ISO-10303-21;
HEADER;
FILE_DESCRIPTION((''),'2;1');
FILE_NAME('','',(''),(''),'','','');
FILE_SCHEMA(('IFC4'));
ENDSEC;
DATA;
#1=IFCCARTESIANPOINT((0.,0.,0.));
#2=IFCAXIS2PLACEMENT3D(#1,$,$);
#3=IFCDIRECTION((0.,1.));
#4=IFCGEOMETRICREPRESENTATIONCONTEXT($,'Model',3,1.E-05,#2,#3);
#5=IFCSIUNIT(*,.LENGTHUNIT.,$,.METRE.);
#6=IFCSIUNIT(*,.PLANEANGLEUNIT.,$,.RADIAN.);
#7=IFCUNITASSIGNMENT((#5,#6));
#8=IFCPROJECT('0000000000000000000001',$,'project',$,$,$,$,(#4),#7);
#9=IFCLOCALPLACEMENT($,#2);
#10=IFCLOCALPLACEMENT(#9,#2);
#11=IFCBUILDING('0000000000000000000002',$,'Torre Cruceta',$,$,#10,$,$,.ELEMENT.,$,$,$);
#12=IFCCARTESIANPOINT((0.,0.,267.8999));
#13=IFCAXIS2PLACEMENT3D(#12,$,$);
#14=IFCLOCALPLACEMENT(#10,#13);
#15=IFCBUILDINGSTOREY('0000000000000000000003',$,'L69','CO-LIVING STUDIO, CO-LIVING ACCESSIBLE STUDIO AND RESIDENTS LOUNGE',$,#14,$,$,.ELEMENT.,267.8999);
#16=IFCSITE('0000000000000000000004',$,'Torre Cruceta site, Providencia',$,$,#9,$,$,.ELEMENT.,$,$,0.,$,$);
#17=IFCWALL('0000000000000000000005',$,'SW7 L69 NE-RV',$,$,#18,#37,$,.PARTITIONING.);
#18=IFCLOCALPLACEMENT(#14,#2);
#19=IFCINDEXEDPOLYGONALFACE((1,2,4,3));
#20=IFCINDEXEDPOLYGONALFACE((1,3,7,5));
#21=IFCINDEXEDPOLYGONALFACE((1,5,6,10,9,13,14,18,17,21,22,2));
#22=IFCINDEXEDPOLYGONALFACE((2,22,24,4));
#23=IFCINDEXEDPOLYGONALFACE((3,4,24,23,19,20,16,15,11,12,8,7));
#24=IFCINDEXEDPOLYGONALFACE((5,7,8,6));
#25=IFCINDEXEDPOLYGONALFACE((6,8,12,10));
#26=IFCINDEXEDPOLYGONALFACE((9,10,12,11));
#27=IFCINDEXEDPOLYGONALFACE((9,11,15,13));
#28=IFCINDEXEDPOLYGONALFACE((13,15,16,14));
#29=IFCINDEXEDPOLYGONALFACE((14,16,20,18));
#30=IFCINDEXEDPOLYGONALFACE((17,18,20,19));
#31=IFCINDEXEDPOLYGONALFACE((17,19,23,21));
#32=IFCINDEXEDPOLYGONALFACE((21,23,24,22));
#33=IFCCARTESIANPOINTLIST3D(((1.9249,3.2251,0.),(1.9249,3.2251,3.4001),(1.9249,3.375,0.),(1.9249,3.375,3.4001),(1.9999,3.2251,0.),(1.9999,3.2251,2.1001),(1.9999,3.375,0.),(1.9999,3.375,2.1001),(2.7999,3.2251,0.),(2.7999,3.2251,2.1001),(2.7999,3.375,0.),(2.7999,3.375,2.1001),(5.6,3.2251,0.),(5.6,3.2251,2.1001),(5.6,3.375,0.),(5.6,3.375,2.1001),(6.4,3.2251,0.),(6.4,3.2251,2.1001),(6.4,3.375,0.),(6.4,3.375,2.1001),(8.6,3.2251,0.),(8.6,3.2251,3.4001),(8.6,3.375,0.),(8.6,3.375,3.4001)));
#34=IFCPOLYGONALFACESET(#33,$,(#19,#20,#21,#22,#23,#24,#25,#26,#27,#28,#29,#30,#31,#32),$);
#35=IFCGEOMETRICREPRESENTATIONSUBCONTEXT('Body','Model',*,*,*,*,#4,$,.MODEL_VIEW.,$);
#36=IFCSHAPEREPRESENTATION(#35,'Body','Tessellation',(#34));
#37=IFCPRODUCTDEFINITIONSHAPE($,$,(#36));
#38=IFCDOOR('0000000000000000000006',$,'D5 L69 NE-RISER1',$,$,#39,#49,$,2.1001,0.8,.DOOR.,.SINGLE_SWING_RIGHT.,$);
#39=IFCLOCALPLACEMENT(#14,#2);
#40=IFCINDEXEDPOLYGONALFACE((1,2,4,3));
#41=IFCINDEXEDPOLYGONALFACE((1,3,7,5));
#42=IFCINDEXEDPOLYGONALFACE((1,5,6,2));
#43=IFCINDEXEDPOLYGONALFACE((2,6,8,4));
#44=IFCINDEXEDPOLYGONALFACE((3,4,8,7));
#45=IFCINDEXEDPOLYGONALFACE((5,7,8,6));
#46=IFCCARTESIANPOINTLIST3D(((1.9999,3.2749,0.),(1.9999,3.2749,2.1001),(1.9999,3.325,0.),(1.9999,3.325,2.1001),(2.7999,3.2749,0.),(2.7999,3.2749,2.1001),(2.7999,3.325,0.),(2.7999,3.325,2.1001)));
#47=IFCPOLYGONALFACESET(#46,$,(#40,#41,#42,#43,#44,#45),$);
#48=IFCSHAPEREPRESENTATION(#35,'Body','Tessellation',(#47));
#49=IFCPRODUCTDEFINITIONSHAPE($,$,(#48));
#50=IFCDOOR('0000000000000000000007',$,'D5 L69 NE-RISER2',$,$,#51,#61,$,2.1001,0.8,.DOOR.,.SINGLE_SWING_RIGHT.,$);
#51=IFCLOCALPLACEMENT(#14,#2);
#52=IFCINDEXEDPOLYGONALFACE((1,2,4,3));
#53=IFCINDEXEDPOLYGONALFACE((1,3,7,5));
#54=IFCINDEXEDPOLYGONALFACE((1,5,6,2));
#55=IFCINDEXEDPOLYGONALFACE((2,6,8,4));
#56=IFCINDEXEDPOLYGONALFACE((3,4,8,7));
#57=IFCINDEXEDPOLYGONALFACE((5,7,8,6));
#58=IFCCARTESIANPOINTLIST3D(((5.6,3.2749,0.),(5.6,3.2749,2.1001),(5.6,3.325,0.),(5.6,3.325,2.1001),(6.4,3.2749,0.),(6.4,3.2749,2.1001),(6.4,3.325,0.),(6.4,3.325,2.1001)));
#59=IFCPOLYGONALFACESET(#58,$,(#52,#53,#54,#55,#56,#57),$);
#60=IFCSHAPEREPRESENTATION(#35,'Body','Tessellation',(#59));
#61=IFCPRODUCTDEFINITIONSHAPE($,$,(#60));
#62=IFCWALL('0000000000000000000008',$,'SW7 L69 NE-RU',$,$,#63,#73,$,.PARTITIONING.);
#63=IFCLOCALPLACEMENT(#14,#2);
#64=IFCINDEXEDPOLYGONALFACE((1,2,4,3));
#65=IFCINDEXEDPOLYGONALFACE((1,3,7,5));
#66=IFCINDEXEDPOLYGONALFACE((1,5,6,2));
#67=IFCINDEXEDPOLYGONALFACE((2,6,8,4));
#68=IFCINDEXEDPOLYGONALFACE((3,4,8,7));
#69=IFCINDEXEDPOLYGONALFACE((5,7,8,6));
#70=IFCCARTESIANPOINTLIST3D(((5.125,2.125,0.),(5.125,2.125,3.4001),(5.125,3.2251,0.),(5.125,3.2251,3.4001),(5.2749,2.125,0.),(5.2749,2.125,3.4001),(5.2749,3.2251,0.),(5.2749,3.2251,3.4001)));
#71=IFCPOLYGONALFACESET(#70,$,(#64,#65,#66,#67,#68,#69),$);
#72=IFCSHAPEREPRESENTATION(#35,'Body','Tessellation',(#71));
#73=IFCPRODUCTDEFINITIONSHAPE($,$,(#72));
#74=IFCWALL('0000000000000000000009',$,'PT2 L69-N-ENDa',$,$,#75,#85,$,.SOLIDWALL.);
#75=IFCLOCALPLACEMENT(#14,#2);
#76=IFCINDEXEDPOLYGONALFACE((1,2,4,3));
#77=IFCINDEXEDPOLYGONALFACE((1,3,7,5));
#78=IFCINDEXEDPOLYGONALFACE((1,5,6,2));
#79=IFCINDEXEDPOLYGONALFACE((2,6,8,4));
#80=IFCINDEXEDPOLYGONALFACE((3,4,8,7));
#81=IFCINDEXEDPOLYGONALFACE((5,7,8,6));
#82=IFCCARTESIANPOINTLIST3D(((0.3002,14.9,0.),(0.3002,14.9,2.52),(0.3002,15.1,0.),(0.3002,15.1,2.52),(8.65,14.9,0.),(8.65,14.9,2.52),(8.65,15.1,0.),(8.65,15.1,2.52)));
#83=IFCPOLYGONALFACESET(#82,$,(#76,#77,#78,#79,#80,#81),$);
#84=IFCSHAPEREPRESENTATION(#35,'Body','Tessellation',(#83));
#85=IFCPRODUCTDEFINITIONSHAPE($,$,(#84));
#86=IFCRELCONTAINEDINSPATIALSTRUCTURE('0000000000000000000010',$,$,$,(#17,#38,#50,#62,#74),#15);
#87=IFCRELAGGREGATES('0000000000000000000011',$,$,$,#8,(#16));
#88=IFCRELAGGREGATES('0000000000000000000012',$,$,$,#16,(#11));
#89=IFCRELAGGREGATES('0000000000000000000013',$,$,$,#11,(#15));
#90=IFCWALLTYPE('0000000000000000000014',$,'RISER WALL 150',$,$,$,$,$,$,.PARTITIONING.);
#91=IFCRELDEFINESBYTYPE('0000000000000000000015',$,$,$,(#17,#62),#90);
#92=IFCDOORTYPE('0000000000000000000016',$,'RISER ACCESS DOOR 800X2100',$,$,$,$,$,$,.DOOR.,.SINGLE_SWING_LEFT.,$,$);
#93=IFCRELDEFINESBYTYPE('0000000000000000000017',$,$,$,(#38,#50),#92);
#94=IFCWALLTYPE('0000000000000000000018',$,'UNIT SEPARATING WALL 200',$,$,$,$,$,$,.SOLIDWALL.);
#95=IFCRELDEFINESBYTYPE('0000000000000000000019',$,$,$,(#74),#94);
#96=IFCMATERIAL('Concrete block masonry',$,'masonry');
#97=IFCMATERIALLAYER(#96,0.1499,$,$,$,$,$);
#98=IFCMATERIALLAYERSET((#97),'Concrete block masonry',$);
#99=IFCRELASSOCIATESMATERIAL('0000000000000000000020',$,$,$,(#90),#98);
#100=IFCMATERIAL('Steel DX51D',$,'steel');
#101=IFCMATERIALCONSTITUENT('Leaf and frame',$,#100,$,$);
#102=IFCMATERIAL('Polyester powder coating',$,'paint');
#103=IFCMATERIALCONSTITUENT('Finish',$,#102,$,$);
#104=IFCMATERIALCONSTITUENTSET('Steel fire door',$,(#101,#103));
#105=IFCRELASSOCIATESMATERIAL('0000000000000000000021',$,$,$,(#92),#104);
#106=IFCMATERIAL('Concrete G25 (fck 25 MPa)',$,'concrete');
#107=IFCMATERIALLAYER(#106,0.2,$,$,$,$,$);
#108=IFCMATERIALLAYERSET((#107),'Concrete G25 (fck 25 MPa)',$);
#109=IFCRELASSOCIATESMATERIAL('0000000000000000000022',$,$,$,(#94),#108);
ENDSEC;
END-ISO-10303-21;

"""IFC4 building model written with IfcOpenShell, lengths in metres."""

from ifc_helpers import new_model, si_unit, direction, frame, frame_2d, origin, place, context, subcontext, project, spatial, rectangle, extrude, material, layer, layer_set, constituent, constituent_set, type_object, element, fill, save


model = new_model("IFC4")

# Units and contexts
model_context = context("Model", 3, precision=1e-05, world=origin(), true_north=direction((0.0, 1.0)))
body_context = subcontext(model_context, "Body", "Model", "MODEL_VIEW")
ifc_project = project(units=[si_unit("LENGTHUNIT", "METRE"), si_unit("PLANEANGLEUNIT", "RADIAN")], contexts=[model_context])

# Site, building, storey
site_placement = place(None, origin())
site = spatial("IfcSite", under=ifc_project, at=site_placement, Name="Torre Cruceta site, Providencia", CompositionType="ELEMENT", RefElevation=0.0)
building_placement = place(site_placement, origin())
building = spatial("IfcBuilding", under=site, at=building_placement, Name="Torre Cruceta", CompositionType="ELEMENT")
storey_placement = place(building_placement, frame((0.0, 0.0, 267.8999)))
storey = spatial("IfcBuildingStorey", under=building, at=storey_placement, Name="L69", Description="CO-LIVING STUDIO, CO-LIVING ACCESSIBLE STUDIO AND RESIDENTS LOUNGE", CompositionType="ELEMENT", Elevation=267.8999)

# Wall, openings, doors
ifc_material_1 = material(Name="Concrete block masonry", Category="masonry")
ifc_layer_1 = layer(ifc_material_1, 0.1499)
ifc_layer_set_1 = layer_set([ifc_layer_1], Name="Concrete block masonry")
wall_type_1 = type_object("IfcWallType", Name="RISER WALL 150", PredefinedType="PARTITIONING", material=ifc_layer_set_1)
wall_1_placement = place(storey_placement, frame((1.925, 3.3, 0.0), z_axis=(0.0, 0.0, 1.0), x_axis=(1.0, 0.0, 0.0)))
wall_1 = element("IfcWall", 1, at=wall_1_placement, inside=storey, type_object=wall_type_1, Name="SW7 L69 NE-RV", PredefinedType="PARTITIONING", context=body_context, shape_type="SweptSolid", body=[
    extrude(rectangle(XDim=6.675, YDim=0.1499, at=frame_2d((3.3374, 0.0))), origin(), (0.0, 0.0, 1.0), 3.4001),
])
opening_1_placement = place(wall_1_placement, frame((0.075, 0.0, 0.0)))
opening_1 = element("IfcOpeningElement", 2, at=opening_1_placement, cuts=wall_1, PredefinedType="OPENING", context=body_context, shape_type="SweptSolid", body=[
    extrude(rectangle(XDim=0.8, YDim=2.1001, at=frame_2d((0.3999, 1.05))), frame((0.0, 0.085, 0.0), z_axis=(0.0, -1.0, 0.0), x_axis=(1.0, 0.0, 0.0)), (0.0, 0.0, 1.0), 0.1699),
])
opening_2_placement = place(wall_1_placement, frame((3.675, 0.0, 0.0)))
opening_2 = element("IfcOpeningElement", 3, at=opening_2_placement, cuts=wall_1, PredefinedType="OPENING", context=body_context, shape_type="SweptSolid", body=[
    extrude(rectangle(XDim=0.8, YDim=2.1001, at=frame_2d((0.3999, 1.05))), frame((0.0, 0.085, 0.0), z_axis=(0.0, -1.0, 0.0), x_axis=(1.0, 0.0, 0.0)), (0.0, 0.0, 1.0), 0.1699),
])
ifc_material_2 = material(Name="Steel DX51D", Category="steel")
ifc_constituent_1 = constituent(ifc_material_2, Name="Leaf and frame")
ifc_material_3 = material(Name="Polyester powder coating", Category="paint")
ifc_constituent_2 = constituent(ifc_material_3, Name="Finish")
ifc_constituent_set_1 = constituent_set(constituents=[ifc_constituent_1, ifc_constituent_2], Name="Steel fire door")
door_type_1 = type_object("IfcDoorType", Name="RISER ACCESS DOOR 800X2100", OperationType="SINGLE_SWING_LEFT", PredefinedType="DOOR", material=ifc_constituent_set_1)
door_1_placement = place(opening_1_placement, frame((0.8, 0.0, 0.0), z_axis=(0.0, 0.0, 1.0), x_axis=(-1.0, 0.0, 0.0)))
door_1 = element("IfcDoor", 4, at=door_1_placement, inside=storey, type_object=door_type_1, Name="D5 L69 NE-RISER1", OperationType="SINGLE_SWING_RIGHT", OverallHeight=2.1001, OverallWidth=0.8, PredefinedType="DOOR", context=body_context, shape_type="SweptSolid", body=[
    extrude(rectangle(XDim=0.8, YDim=2.1001, at=frame_2d((0.4001, 1.05))), frame((0.0, 0.0251, 0.0), z_axis=(0.0, -1.0, 0.0), x_axis=(1.0, 0.0, 0.0)), (0.0, 0.0, 1.0), 0.05),
])
fill(opening_1, door_1)
door_2_placement = place(opening_2_placement, frame((0.8, 0.0, 0.0), z_axis=(0.0, 0.0, 1.0), x_axis=(-1.0, 0.0, 0.0)))
door_2 = element("IfcDoor", 5, at=door_2_placement, inside=storey, type_object=door_type_1, Name="D5 L69 NE-RISER2", OperationType="SINGLE_SWING_RIGHT", OverallHeight=2.1001, OverallWidth=0.8, PredefinedType="DOOR", context=body_context, shape_type="SweptSolid", body=[
    extrude(rectangle(XDim=0.8, YDim=2.1001, at=frame_2d((0.4001, 1.05))), frame((0.0, 0.0251, 0.0), z_axis=(0.0, -1.0, 0.0), x_axis=(1.0, 0.0, 0.0)), (0.0, 0.0, 1.0), 0.05),
])
fill(opening_2, door_2)

# Walls
wall_2_placement = place(storey_placement, frame((5.2, 2.125, 0.0), z_axis=(0.0, 0.0, 1.0), x_axis=(0.0, 1.0, 0.0)))
element("IfcWall", 6, at=wall_2_placement, inside=storey, type_object=wall_type_1, Name="SW7 L69 NE-RU", PredefinedType="PARTITIONING", context=body_context, shape_type="SweptSolid", body=[
    extrude(rectangle(XDim=1.1001, YDim=0.1499, at=frame_2d((0.55, 0.0))), origin(), (0.0, 0.0, 1.0), 3.4001),
])
ifc_material_4 = material(Name="Concrete G25 (fck 25 MPa)", Category="concrete")
ifc_layer_2 = layer(ifc_material_4, 0.2)
ifc_layer_set_2 = layer_set([ifc_layer_2], Name="Concrete G25 (fck 25 MPa)")
wall_type_2 = type_object("IfcWallType", Name="UNIT SEPARATING WALL 200", PredefinedType="SOLIDWALL", material=ifc_layer_set_2)
wall_3_placement = place(storey_placement, frame((8.6499, 15.0, 0.0), z_axis=(0.0, 0.0, 1.0), x_axis=(-1.0, 0.0, 0.0)))
element("IfcWall", 7, at=wall_3_placement, inside=storey, type_object=wall_type_2, Name="PT2 L69-N-ENDa", PredefinedType="SOLIDWALL", context=body_context, shape_type="SweptSolid", body=[
    extrude(rectangle(XDim=8.3499, YDim=0.2, at=frame_2d((4.1748, 0.0))), origin(), (0.0, 0.0, 1.0), 2.52),
])

save(model, "model.ifc")
